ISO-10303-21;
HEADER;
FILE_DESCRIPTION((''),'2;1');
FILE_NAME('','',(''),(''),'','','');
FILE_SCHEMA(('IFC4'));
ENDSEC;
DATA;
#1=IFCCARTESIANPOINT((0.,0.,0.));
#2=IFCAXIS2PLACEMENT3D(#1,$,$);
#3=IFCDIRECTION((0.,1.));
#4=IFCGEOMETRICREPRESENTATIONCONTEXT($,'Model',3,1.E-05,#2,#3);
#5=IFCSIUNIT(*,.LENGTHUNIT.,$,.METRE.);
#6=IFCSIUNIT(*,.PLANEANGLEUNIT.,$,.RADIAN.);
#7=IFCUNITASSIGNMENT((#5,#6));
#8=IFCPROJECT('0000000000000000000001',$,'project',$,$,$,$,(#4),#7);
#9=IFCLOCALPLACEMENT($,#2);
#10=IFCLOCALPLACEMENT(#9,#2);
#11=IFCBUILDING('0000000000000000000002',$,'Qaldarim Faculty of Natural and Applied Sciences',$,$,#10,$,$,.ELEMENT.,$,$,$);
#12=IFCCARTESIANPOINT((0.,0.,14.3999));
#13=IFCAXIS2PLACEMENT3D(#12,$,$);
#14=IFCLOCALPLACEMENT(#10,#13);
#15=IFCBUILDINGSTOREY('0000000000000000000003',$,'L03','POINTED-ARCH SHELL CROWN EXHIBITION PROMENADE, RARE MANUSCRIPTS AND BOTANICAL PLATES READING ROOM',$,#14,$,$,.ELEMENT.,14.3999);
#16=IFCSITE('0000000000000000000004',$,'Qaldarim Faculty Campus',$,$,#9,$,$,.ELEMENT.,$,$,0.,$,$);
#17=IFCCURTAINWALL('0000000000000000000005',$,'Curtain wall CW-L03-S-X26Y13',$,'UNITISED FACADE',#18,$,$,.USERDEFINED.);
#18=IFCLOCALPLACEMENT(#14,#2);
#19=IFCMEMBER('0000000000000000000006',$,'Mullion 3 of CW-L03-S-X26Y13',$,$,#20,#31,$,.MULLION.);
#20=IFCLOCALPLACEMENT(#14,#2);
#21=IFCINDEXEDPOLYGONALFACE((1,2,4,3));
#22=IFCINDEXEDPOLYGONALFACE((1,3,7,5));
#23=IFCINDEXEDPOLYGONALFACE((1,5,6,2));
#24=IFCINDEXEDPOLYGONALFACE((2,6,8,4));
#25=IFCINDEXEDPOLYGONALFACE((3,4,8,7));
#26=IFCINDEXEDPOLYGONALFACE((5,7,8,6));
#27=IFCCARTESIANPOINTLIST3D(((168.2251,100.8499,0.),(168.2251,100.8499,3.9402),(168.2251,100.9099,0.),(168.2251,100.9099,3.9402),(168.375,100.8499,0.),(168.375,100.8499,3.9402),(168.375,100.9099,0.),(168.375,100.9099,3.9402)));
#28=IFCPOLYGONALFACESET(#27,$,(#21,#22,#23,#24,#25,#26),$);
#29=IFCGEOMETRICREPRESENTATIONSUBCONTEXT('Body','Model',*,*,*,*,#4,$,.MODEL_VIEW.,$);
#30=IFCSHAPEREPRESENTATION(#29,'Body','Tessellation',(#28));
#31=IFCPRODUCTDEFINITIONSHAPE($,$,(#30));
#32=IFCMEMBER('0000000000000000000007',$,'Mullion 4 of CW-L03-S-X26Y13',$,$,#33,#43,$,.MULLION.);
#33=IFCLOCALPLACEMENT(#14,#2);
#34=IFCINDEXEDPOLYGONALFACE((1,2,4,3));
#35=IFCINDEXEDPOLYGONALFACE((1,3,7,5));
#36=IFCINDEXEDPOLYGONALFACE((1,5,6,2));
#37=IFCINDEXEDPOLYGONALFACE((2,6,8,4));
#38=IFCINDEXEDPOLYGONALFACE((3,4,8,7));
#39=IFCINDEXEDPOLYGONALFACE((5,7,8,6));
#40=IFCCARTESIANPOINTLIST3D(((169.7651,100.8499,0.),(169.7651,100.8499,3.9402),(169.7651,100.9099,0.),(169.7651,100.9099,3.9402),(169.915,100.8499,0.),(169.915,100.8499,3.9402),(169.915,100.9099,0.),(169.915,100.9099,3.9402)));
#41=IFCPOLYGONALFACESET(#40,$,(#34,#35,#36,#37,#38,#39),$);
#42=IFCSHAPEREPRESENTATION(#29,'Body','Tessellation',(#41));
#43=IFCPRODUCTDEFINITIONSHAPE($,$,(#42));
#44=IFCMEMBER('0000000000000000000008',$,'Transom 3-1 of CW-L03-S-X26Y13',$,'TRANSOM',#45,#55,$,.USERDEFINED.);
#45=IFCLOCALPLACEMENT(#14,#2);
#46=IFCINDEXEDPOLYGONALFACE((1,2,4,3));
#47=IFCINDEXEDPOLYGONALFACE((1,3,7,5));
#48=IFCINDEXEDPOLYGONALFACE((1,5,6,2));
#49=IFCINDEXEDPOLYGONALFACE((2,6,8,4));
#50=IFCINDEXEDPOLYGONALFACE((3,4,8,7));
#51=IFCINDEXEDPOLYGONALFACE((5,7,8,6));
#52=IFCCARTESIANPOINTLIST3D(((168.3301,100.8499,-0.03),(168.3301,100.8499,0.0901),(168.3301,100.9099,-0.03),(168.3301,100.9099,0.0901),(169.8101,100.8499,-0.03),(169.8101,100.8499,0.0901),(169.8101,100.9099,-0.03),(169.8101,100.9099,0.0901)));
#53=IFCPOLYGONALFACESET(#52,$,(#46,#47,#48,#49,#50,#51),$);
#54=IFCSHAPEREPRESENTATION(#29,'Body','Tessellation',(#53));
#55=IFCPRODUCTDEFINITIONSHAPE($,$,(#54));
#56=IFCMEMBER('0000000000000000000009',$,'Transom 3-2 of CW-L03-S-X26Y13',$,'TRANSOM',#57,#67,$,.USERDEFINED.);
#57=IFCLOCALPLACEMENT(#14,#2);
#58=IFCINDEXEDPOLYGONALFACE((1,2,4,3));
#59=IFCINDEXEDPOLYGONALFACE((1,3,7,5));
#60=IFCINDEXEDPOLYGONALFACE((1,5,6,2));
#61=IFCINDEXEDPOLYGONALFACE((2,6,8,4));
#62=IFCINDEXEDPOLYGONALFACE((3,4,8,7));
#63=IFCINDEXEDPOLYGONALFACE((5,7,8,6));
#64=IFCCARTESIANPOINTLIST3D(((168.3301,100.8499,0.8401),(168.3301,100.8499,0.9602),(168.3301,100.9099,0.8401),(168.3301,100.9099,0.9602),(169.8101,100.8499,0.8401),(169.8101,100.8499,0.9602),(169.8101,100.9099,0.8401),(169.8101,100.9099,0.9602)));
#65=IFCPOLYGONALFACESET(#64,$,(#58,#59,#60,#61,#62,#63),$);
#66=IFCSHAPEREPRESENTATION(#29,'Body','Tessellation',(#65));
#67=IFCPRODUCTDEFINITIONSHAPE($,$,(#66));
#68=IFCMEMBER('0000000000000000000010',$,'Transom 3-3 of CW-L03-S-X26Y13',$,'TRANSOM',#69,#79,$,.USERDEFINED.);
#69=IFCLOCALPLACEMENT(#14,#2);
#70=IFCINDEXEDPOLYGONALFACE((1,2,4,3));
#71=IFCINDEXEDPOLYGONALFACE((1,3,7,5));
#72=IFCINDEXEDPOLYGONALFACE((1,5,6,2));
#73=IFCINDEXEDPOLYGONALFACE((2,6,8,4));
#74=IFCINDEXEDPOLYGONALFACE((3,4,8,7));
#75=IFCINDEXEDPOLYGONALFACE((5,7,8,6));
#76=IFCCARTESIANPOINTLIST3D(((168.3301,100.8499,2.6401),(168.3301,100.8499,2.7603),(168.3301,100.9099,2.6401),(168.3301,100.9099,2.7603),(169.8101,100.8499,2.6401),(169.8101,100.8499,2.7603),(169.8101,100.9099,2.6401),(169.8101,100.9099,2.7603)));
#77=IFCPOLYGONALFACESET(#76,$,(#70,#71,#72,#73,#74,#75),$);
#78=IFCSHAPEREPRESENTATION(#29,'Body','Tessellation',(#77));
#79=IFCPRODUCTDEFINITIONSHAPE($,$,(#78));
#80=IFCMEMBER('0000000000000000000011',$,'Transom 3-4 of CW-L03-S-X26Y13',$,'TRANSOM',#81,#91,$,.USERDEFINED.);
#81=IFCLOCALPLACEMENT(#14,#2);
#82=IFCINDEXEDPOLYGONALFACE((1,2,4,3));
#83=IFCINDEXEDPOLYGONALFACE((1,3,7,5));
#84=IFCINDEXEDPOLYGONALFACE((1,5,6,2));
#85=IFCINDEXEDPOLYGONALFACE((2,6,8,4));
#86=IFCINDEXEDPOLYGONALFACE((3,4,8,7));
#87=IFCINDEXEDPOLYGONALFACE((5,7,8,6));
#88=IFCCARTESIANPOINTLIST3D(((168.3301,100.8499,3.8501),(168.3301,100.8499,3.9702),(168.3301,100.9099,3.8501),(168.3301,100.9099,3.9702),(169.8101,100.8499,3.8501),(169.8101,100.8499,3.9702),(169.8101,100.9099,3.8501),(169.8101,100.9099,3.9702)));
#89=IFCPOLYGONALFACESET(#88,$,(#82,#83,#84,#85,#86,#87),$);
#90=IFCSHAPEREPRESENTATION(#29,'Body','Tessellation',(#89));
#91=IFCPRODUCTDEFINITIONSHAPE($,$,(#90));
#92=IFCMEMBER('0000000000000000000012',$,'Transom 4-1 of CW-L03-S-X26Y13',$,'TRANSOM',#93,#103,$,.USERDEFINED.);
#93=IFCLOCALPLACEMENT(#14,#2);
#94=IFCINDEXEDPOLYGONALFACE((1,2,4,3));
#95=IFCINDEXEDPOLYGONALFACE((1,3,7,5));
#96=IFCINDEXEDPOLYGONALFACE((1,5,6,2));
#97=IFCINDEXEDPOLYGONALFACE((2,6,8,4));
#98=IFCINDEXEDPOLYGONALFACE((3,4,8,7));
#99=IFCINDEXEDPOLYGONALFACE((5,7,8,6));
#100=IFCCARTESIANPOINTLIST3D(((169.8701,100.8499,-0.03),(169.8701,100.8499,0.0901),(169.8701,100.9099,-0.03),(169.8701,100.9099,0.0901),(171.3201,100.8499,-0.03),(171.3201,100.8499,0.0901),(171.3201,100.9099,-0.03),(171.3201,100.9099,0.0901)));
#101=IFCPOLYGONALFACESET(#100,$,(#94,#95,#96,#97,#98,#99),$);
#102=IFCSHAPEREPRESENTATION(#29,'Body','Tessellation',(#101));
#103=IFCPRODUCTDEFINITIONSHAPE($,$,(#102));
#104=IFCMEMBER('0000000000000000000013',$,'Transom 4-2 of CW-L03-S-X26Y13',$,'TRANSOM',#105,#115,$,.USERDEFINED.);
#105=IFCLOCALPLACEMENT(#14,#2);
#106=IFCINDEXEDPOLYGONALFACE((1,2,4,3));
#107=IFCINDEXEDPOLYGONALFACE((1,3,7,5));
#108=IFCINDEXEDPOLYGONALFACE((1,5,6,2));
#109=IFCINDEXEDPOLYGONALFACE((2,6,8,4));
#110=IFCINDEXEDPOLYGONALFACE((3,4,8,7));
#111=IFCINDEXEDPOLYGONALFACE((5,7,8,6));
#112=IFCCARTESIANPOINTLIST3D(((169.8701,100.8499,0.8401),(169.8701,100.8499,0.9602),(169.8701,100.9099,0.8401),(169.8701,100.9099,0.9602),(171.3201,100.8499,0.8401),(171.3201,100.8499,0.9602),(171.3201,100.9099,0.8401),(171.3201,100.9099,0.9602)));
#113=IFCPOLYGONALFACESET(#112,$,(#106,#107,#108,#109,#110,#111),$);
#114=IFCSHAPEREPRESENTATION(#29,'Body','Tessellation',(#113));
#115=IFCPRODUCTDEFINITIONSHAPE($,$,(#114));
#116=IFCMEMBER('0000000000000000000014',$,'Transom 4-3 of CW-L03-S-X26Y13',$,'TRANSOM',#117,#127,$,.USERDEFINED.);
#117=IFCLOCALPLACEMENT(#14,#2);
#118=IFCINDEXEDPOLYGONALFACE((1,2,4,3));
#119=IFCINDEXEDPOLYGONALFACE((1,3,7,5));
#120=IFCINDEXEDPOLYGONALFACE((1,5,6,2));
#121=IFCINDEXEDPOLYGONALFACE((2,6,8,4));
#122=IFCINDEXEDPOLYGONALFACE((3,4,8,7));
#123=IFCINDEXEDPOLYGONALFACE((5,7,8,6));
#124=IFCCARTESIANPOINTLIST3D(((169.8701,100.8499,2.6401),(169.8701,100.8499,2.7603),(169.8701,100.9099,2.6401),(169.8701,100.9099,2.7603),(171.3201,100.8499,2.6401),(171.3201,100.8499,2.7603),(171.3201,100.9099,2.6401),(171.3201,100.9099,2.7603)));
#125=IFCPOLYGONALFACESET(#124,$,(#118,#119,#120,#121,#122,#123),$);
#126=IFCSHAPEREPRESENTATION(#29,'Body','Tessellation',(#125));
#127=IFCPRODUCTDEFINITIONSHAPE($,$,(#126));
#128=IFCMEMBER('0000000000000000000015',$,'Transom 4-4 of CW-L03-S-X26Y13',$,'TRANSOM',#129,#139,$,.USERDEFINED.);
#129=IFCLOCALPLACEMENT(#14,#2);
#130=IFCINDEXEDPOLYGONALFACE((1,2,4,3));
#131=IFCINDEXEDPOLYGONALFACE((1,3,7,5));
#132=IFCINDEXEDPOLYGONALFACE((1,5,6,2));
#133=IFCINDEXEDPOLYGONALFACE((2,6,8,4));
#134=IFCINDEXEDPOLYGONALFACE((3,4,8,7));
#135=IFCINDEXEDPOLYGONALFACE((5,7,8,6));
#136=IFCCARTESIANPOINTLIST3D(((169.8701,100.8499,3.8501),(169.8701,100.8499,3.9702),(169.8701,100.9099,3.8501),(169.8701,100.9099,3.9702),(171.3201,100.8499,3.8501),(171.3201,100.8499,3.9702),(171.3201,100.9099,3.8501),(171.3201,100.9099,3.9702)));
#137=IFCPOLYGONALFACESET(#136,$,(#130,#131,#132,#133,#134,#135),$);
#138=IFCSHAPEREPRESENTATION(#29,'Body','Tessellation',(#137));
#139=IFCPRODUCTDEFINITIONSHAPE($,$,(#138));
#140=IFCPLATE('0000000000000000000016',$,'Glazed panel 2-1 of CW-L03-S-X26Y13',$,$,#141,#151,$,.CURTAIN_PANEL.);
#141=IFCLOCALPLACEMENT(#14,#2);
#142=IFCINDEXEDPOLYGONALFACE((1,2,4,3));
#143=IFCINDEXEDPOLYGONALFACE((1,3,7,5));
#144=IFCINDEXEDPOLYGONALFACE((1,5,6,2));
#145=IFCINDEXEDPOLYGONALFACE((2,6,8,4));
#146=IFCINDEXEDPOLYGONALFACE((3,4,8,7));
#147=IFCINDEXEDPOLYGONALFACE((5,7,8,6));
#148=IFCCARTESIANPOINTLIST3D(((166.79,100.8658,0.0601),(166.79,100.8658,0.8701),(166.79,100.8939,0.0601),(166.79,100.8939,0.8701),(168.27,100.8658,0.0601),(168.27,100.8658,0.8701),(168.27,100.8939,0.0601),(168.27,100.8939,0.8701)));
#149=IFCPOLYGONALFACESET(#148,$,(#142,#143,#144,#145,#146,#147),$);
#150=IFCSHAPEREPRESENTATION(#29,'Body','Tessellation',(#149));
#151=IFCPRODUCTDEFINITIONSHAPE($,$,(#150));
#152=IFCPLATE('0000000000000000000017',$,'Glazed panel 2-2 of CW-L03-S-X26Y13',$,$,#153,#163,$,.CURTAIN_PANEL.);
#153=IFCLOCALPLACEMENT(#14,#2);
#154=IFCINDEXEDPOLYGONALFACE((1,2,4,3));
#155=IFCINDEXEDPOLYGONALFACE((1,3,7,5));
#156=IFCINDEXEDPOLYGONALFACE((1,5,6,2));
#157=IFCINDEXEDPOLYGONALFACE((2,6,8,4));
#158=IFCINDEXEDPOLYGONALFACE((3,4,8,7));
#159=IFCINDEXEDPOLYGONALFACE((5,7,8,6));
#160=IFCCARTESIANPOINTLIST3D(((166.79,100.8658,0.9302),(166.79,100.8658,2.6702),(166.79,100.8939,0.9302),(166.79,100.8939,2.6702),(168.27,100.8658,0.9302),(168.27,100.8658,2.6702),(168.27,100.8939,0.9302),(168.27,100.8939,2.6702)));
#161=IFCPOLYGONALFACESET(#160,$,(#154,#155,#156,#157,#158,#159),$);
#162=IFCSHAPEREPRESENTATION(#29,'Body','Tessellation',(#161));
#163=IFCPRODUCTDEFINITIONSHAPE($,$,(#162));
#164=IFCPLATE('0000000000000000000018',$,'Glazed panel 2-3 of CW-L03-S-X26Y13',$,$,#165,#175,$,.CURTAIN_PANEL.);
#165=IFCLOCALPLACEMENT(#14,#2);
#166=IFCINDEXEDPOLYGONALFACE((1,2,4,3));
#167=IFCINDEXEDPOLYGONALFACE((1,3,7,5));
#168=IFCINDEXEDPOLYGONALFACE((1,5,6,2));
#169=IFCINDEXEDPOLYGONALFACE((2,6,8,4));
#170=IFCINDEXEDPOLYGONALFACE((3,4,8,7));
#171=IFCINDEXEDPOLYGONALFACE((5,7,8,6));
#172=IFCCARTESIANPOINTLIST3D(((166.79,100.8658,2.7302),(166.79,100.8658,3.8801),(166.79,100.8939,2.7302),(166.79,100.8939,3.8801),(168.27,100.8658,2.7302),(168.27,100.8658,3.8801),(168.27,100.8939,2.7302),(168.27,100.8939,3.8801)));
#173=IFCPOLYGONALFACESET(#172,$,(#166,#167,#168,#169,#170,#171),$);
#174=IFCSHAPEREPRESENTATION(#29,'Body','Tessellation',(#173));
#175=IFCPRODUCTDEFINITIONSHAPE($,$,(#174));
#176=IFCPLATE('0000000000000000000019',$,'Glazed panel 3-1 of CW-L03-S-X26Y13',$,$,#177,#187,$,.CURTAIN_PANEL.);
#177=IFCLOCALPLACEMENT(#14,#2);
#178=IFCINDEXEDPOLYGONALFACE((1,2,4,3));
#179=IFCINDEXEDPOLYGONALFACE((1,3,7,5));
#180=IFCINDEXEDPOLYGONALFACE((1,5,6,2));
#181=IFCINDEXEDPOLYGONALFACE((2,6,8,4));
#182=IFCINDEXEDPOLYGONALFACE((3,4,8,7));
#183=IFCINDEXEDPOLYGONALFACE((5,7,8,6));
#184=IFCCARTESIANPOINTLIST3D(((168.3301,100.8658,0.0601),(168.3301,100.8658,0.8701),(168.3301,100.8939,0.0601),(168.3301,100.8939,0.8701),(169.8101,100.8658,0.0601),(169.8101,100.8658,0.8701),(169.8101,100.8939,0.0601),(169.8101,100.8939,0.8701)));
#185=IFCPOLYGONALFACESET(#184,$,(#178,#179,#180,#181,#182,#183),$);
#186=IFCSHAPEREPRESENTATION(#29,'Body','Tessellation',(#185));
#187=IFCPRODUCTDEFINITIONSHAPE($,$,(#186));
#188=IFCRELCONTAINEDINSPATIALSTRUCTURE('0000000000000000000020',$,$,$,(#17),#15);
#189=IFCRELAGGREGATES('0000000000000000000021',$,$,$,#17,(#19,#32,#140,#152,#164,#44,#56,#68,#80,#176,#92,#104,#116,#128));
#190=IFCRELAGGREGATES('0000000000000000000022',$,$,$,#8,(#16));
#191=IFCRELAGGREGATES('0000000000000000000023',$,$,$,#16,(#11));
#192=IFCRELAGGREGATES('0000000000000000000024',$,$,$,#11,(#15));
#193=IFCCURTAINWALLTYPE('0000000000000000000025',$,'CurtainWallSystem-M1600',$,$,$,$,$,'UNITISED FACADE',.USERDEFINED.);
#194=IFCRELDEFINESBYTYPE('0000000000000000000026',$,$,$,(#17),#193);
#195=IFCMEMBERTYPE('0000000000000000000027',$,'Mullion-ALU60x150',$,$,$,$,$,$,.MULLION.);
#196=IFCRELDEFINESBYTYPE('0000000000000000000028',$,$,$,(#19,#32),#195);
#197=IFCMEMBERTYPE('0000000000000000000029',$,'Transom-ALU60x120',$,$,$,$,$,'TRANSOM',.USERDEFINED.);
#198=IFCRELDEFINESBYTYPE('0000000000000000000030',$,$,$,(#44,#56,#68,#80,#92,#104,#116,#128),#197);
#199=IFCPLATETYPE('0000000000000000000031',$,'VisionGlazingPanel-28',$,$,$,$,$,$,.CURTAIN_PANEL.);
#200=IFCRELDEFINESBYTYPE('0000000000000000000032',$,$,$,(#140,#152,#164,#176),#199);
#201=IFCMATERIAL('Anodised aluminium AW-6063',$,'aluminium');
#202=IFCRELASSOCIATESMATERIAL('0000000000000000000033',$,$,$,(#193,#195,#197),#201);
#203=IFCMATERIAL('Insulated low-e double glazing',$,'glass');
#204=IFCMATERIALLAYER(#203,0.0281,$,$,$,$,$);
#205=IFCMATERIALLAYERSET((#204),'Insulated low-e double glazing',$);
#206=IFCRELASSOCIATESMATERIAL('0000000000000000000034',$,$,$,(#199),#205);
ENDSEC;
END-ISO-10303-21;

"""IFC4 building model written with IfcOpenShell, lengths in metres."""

from ifc_helpers import new_model, si_unit, direction, frame, origin, origin_2d, place, context, subcontext, project, spatial, rectangle, extrude, material, layer, layer_set, material_profile, profile_set, type_object, element, aggregate, save


model = new_model("IFC4")

# Units and contexts
model_context = context("Model", 3, precision=1e-05, world=origin(), true_north=direction((0.0, 1.0)))
body_context = subcontext(model_context, "Body", "Model", "MODEL_VIEW")
ifc_project = project(units=[si_unit("LENGTHUNIT", "METRE"), si_unit("PLANEANGLEUNIT", "RADIAN")], contexts=[model_context])

# Site, building, storey
site_placement = place(None, origin())
site = spatial("IfcSite", under=ifc_project, at=site_placement, Name="Qaldarim Faculty Campus", CompositionType="ELEMENT", RefElevation=0.0)
building_placement = place(site_placement, origin())
building = spatial("IfcBuilding", under=site, at=building_placement, Name="Qaldarim Faculty of Natural and Applied Sciences", CompositionType="ELEMENT")
storey_placement = place(building_placement, frame((0.0, 0.0, 14.3999)))
storey = spatial("IfcBuildingStorey", under=building, at=storey_placement, Name="L03", Description="POINTED-ARCH SHELL CROWN EXHIBITION PROMENADE, RARE MANUSCRIPTS AND BOTANICAL PLATES READING ROOM", CompositionType="ELEMENT", Elevation=14.3999)

# Curtain wall, members, plates
ifc_material_1 = material(Name="Anodised aluminium AW-6063", Category="aluminium")
curtain_wall_type = type_object("IfcCurtainWallType", Name="CurtainWallSystem-M1600", ElementType="UNITISED FACADE", PredefinedType="USERDEFINED", material=ifc_material_1)
curtain_wall_placement = place(storey_placement, origin())
curtain_wall = element("IfcCurtainWall", 1, at=curtain_wall_placement, inside=storey, type_object=curtain_wall_type, Name="Curtain wall CW-L03-S-X26Y13", ObjectType="UNITISED FACADE", PredefinedType="USERDEFINED")
ifc_material_profile_1 = material_profile(ifc_material_1, rectangle(XDim=0.0601, YDim=0.1499, at=origin_2d()), Name="ALU-M60x150")
ifc_profile_set_1 = profile_set([ifc_material_profile_1], Name="Anodised aluminium AW-6063")
member_type_1 = type_object("IfcMemberType", Name="Mullion-ALU60x150", PredefinedType="MULLION", material=ifc_profile_set_1)
member_1_placement = place(storey_placement, frame((168.3, 100.8799, 0.0), z_axis=(0.0, 0.0, 1.0), x_axis=(0.0, 1.0, 0.0)))
member_1 = element("IfcMember", 2, at=member_1_placement, type_object=member_type_1, Name="Mullion 3 of CW-L03-S-X26Y13", PredefinedType="MULLION", context=body_context, shape_type="SweptSolid", body=[
    extrude(rectangle(XDim=0.0601, YDim=0.1499, at=origin_2d()), origin(), (0.0, 0.0, 1.0), 3.9402),
])
member_2_placement = place(storey_placement, frame((169.8401, 100.8799, 0.0), z_axis=(0.0, 0.0, 1.0), x_axis=(0.0, 1.0, 0.0)))
member_2 = element("IfcMember", 3, at=member_2_placement, type_object=member_type_1, Name="Mullion 4 of CW-L03-S-X26Y13", PredefinedType="MULLION", context=body_context, shape_type="SweptSolid", body=[
    extrude(rectangle(XDim=0.0601, YDim=0.1499, at=origin_2d()), origin(), (0.0, 0.0, 1.0), 3.9402),
])
ifc_material_profile_2 = material_profile(ifc_material_1, rectangle(XDim=0.0601, YDim=0.1201, at=origin_2d()), Name="ALU-T60x120")
ifc_profile_set_2 = profile_set([ifc_material_profile_2], Name="Anodised aluminium AW-6063")
member_type_2 = type_object("IfcMemberType", Name="Transom-ALU60x120", ElementType="TRANSOM", PredefinedType="USERDEFINED", material=ifc_profile_set_2)
member_3_placement = place(storey_placement, frame((168.3301, 100.8799, 0.03), z_axis=(1.0, 0.0, 0.0), x_axis=(0.0, 1.0, 0.0)))
member_3 = element("IfcMember", 4, at=member_3_placement, type_object=member_type_2, Name="Transom 3-1 of CW-L03-S-X26Y13", ObjectType="TRANSOM", PredefinedType="USERDEFINED", context=body_context, shape_type="SweptSolid", body=[
    extrude(rectangle(XDim=0.0601, YDim=0.1201, at=origin_2d()), origin(), (0.0, 0.0, 1.0), 1.48),
])
member_4_placement = place(storey_placement, frame((168.3301, 100.8799, 0.9001), z_axis=(1.0, 0.0, 0.0), x_axis=(0.0, 1.0, 0.0)))
member_4 = element("IfcMember", 5, at=member_4_placement, type_object=member_type_2, Name="Transom 3-2 of CW-L03-S-X26Y13", ObjectType="TRANSOM", PredefinedType="USERDEFINED", context=body_context, shape_type="SweptSolid", body=[
    extrude(rectangle(XDim=0.0601, YDim=0.1201, at=origin_2d()), origin(), (0.0, 0.0, 1.0), 1.48),
])
member_5_placement = place(storey_placement, frame((168.3301, 100.8799, 2.7002), z_axis=(1.0, 0.0, 0.0), x_axis=(0.0, 1.0, 0.0)))
member_5 = element("IfcMember", 6, at=member_5_placement, type_object=member_type_2, Name="Transom 3-3 of CW-L03-S-X26Y13", ObjectType="TRANSOM", PredefinedType="USERDEFINED", context=body_context, shape_type="SweptSolid", body=[
    extrude(rectangle(XDim=0.0601, YDim=0.1201, at=origin_2d()), origin(), (0.0, 0.0, 1.0), 1.48),
])
member_6_placement = place(storey_placement, frame((168.3301, 100.8799, 3.9102), z_axis=(1.0, 0.0, 0.0), x_axis=(0.0, 1.0, 0.0)))
member_6 = element("IfcMember", 7, at=member_6_placement, type_object=member_type_2, Name="Transom 3-4 of CW-L03-S-X26Y13", ObjectType="TRANSOM", PredefinedType="USERDEFINED", context=body_context, shape_type="SweptSolid", body=[
    extrude(rectangle(XDim=0.0601, YDim=0.1201, at=origin_2d()), origin(), (0.0, 0.0, 1.0), 1.48),
])
member_7_placement = place(storey_placement, frame((169.8701, 100.8799, 0.03), z_axis=(1.0, 0.0, 0.0), x_axis=(0.0, 1.0, 0.0)))
member_7 = element("IfcMember", 8, at=member_7_placement, type_object=member_type_2, Name="Transom 4-1 of CW-L03-S-X26Y13", ObjectType="TRANSOM", PredefinedType="USERDEFINED", context=body_context, shape_type="SweptSolid", body=[
    extrude(rectangle(XDim=0.0601, YDim=0.1201, at=origin_2d()), origin(), (0.0, 0.0, 1.0), 1.45),
])
member_8_placement = place(storey_placement, frame((169.8701, 100.8799, 0.9001), z_axis=(1.0, 0.0, 0.0), x_axis=(0.0, 1.0, 0.0)))
member_8 = element("IfcMember", 9, at=member_8_placement, type_object=member_type_2, Name="Transom 4-2 of CW-L03-S-X26Y13", ObjectType="TRANSOM", PredefinedType="USERDEFINED", context=body_context, shape_type="SweptSolid", body=[
    extrude(rectangle(XDim=0.0601, YDim=0.1201, at=origin_2d()), origin(), (0.0, 0.0, 1.0), 1.45),
])
member_9_placement = place(storey_placement, frame((169.8701, 100.8799, 2.7002), z_axis=(1.0, 0.0, 0.0), x_axis=(0.0, 1.0, 0.0)))
member_9 = element("IfcMember", 10, at=member_9_placement, type_object=member_type_2, Name="Transom 4-3 of CW-L03-S-X26Y13", ObjectType="TRANSOM", PredefinedType="USERDEFINED", context=body_context, shape_type="SweptSolid", body=[
    extrude(rectangle(XDim=0.0601, YDim=0.1201, at=origin_2d()), origin(), (0.0, 0.0, 1.0), 1.45),
])
member_10_placement = place(storey_placement, frame((169.8701, 100.8799, 3.9102), z_axis=(1.0, 0.0, 0.0), x_axis=(0.0, 1.0, 0.0)))
member_10 = element("IfcMember", 11, at=member_10_placement, type_object=member_type_2, Name="Transom 4-4 of CW-L03-S-X26Y13", ObjectType="TRANSOM", PredefinedType="USERDEFINED", context=body_context, shape_type="SweptSolid", body=[
    extrude(rectangle(XDim=0.0601, YDim=0.1201, at=origin_2d()), origin(), (0.0, 0.0, 1.0), 1.45),
])
ifc_material_2 = material(Name="Insulated low-e double glazing", Category="glass")
ifc_layer_1 = layer(ifc_material_2, 0.0281)
ifc_layer_set_1 = layer_set([ifc_layer_1], Name="Insulated low-e double glazing")
plate_type = type_object("IfcPlateType", Name="VisionGlazingPanel-28", PredefinedType="CURTAIN_PANEL", material=ifc_layer_set_1)
plate_1_placement = place(storey_placement, frame((167.53, 100.8799, 0.0601), z_axis=(0.0, 0.0, 1.0), x_axis=(1.0, 0.0, 0.0)))
plate_1 = element("IfcPlate", 12, at=plate_1_placement, type_object=plate_type, Name="Glazed panel 2-1 of CW-L03-S-X26Y13", PredefinedType="CURTAIN_PANEL", context=body_context, shape_type="SweptSolid", body=[
    extrude(rectangle(XDim=1.48, YDim=0.0281, at=origin_2d()), origin(), (0.0, 0.0, 1.0), 0.8101),
])
plate_2_placement = place(storey_placement, frame((167.53, 100.8799, 0.9302), z_axis=(0.0, 0.0, 1.0), x_axis=(1.0, 0.0, 0.0)))
plate_2 = element("IfcPlate", 13, at=plate_2_placement, type_object=plate_type, Name="Glazed panel 2-2 of CW-L03-S-X26Y13", PredefinedType="CURTAIN_PANEL", context=body_context, shape_type="SweptSolid", body=[
    extrude(rectangle(XDim=1.48, YDim=0.0281, at=origin_2d()), origin(), (0.0, 0.0, 1.0), 1.74),
])
plate_3_placement = place(storey_placement, frame((167.53, 100.8799, 2.7302), z_axis=(0.0, 0.0, 1.0), x_axis=(1.0, 0.0, 0.0)))
plate_3 = element("IfcPlate", 14, at=plate_3_placement, type_object=plate_type, Name="Glazed panel 2-3 of CW-L03-S-X26Y13", PredefinedType="CURTAIN_PANEL", context=body_context, shape_type="SweptSolid", body=[
    extrude(rectangle(XDim=1.48, YDim=0.0281, at=origin_2d()), origin(), (0.0, 0.0, 1.0), 1.1499),
])
plate_4_placement = place(storey_placement, frame((169.0701, 100.8799, 0.0601), z_axis=(0.0, 0.0, 1.0), x_axis=(1.0, 0.0, 0.0)))
plate_4 = element("IfcPlate", 15, at=plate_4_placement, type_object=plate_type, Name="Glazed panel 3-1 of CW-L03-S-X26Y13", PredefinedType="CURTAIN_PANEL", context=body_context, shape_type="SweptSolid", body=[
    extrude(rectangle(XDim=1.48, YDim=0.0281, at=origin_2d()), origin(), (0.0, 0.0, 1.0), 0.8101),
])
aggregate(curtain_wall, [member_1, member_2, plate_1, plate_2, plate_3, member_3, member_4, member_5, member_6, plate_4, member_7, member_8, member_9, member_10])

save(model, "model.ifc")
